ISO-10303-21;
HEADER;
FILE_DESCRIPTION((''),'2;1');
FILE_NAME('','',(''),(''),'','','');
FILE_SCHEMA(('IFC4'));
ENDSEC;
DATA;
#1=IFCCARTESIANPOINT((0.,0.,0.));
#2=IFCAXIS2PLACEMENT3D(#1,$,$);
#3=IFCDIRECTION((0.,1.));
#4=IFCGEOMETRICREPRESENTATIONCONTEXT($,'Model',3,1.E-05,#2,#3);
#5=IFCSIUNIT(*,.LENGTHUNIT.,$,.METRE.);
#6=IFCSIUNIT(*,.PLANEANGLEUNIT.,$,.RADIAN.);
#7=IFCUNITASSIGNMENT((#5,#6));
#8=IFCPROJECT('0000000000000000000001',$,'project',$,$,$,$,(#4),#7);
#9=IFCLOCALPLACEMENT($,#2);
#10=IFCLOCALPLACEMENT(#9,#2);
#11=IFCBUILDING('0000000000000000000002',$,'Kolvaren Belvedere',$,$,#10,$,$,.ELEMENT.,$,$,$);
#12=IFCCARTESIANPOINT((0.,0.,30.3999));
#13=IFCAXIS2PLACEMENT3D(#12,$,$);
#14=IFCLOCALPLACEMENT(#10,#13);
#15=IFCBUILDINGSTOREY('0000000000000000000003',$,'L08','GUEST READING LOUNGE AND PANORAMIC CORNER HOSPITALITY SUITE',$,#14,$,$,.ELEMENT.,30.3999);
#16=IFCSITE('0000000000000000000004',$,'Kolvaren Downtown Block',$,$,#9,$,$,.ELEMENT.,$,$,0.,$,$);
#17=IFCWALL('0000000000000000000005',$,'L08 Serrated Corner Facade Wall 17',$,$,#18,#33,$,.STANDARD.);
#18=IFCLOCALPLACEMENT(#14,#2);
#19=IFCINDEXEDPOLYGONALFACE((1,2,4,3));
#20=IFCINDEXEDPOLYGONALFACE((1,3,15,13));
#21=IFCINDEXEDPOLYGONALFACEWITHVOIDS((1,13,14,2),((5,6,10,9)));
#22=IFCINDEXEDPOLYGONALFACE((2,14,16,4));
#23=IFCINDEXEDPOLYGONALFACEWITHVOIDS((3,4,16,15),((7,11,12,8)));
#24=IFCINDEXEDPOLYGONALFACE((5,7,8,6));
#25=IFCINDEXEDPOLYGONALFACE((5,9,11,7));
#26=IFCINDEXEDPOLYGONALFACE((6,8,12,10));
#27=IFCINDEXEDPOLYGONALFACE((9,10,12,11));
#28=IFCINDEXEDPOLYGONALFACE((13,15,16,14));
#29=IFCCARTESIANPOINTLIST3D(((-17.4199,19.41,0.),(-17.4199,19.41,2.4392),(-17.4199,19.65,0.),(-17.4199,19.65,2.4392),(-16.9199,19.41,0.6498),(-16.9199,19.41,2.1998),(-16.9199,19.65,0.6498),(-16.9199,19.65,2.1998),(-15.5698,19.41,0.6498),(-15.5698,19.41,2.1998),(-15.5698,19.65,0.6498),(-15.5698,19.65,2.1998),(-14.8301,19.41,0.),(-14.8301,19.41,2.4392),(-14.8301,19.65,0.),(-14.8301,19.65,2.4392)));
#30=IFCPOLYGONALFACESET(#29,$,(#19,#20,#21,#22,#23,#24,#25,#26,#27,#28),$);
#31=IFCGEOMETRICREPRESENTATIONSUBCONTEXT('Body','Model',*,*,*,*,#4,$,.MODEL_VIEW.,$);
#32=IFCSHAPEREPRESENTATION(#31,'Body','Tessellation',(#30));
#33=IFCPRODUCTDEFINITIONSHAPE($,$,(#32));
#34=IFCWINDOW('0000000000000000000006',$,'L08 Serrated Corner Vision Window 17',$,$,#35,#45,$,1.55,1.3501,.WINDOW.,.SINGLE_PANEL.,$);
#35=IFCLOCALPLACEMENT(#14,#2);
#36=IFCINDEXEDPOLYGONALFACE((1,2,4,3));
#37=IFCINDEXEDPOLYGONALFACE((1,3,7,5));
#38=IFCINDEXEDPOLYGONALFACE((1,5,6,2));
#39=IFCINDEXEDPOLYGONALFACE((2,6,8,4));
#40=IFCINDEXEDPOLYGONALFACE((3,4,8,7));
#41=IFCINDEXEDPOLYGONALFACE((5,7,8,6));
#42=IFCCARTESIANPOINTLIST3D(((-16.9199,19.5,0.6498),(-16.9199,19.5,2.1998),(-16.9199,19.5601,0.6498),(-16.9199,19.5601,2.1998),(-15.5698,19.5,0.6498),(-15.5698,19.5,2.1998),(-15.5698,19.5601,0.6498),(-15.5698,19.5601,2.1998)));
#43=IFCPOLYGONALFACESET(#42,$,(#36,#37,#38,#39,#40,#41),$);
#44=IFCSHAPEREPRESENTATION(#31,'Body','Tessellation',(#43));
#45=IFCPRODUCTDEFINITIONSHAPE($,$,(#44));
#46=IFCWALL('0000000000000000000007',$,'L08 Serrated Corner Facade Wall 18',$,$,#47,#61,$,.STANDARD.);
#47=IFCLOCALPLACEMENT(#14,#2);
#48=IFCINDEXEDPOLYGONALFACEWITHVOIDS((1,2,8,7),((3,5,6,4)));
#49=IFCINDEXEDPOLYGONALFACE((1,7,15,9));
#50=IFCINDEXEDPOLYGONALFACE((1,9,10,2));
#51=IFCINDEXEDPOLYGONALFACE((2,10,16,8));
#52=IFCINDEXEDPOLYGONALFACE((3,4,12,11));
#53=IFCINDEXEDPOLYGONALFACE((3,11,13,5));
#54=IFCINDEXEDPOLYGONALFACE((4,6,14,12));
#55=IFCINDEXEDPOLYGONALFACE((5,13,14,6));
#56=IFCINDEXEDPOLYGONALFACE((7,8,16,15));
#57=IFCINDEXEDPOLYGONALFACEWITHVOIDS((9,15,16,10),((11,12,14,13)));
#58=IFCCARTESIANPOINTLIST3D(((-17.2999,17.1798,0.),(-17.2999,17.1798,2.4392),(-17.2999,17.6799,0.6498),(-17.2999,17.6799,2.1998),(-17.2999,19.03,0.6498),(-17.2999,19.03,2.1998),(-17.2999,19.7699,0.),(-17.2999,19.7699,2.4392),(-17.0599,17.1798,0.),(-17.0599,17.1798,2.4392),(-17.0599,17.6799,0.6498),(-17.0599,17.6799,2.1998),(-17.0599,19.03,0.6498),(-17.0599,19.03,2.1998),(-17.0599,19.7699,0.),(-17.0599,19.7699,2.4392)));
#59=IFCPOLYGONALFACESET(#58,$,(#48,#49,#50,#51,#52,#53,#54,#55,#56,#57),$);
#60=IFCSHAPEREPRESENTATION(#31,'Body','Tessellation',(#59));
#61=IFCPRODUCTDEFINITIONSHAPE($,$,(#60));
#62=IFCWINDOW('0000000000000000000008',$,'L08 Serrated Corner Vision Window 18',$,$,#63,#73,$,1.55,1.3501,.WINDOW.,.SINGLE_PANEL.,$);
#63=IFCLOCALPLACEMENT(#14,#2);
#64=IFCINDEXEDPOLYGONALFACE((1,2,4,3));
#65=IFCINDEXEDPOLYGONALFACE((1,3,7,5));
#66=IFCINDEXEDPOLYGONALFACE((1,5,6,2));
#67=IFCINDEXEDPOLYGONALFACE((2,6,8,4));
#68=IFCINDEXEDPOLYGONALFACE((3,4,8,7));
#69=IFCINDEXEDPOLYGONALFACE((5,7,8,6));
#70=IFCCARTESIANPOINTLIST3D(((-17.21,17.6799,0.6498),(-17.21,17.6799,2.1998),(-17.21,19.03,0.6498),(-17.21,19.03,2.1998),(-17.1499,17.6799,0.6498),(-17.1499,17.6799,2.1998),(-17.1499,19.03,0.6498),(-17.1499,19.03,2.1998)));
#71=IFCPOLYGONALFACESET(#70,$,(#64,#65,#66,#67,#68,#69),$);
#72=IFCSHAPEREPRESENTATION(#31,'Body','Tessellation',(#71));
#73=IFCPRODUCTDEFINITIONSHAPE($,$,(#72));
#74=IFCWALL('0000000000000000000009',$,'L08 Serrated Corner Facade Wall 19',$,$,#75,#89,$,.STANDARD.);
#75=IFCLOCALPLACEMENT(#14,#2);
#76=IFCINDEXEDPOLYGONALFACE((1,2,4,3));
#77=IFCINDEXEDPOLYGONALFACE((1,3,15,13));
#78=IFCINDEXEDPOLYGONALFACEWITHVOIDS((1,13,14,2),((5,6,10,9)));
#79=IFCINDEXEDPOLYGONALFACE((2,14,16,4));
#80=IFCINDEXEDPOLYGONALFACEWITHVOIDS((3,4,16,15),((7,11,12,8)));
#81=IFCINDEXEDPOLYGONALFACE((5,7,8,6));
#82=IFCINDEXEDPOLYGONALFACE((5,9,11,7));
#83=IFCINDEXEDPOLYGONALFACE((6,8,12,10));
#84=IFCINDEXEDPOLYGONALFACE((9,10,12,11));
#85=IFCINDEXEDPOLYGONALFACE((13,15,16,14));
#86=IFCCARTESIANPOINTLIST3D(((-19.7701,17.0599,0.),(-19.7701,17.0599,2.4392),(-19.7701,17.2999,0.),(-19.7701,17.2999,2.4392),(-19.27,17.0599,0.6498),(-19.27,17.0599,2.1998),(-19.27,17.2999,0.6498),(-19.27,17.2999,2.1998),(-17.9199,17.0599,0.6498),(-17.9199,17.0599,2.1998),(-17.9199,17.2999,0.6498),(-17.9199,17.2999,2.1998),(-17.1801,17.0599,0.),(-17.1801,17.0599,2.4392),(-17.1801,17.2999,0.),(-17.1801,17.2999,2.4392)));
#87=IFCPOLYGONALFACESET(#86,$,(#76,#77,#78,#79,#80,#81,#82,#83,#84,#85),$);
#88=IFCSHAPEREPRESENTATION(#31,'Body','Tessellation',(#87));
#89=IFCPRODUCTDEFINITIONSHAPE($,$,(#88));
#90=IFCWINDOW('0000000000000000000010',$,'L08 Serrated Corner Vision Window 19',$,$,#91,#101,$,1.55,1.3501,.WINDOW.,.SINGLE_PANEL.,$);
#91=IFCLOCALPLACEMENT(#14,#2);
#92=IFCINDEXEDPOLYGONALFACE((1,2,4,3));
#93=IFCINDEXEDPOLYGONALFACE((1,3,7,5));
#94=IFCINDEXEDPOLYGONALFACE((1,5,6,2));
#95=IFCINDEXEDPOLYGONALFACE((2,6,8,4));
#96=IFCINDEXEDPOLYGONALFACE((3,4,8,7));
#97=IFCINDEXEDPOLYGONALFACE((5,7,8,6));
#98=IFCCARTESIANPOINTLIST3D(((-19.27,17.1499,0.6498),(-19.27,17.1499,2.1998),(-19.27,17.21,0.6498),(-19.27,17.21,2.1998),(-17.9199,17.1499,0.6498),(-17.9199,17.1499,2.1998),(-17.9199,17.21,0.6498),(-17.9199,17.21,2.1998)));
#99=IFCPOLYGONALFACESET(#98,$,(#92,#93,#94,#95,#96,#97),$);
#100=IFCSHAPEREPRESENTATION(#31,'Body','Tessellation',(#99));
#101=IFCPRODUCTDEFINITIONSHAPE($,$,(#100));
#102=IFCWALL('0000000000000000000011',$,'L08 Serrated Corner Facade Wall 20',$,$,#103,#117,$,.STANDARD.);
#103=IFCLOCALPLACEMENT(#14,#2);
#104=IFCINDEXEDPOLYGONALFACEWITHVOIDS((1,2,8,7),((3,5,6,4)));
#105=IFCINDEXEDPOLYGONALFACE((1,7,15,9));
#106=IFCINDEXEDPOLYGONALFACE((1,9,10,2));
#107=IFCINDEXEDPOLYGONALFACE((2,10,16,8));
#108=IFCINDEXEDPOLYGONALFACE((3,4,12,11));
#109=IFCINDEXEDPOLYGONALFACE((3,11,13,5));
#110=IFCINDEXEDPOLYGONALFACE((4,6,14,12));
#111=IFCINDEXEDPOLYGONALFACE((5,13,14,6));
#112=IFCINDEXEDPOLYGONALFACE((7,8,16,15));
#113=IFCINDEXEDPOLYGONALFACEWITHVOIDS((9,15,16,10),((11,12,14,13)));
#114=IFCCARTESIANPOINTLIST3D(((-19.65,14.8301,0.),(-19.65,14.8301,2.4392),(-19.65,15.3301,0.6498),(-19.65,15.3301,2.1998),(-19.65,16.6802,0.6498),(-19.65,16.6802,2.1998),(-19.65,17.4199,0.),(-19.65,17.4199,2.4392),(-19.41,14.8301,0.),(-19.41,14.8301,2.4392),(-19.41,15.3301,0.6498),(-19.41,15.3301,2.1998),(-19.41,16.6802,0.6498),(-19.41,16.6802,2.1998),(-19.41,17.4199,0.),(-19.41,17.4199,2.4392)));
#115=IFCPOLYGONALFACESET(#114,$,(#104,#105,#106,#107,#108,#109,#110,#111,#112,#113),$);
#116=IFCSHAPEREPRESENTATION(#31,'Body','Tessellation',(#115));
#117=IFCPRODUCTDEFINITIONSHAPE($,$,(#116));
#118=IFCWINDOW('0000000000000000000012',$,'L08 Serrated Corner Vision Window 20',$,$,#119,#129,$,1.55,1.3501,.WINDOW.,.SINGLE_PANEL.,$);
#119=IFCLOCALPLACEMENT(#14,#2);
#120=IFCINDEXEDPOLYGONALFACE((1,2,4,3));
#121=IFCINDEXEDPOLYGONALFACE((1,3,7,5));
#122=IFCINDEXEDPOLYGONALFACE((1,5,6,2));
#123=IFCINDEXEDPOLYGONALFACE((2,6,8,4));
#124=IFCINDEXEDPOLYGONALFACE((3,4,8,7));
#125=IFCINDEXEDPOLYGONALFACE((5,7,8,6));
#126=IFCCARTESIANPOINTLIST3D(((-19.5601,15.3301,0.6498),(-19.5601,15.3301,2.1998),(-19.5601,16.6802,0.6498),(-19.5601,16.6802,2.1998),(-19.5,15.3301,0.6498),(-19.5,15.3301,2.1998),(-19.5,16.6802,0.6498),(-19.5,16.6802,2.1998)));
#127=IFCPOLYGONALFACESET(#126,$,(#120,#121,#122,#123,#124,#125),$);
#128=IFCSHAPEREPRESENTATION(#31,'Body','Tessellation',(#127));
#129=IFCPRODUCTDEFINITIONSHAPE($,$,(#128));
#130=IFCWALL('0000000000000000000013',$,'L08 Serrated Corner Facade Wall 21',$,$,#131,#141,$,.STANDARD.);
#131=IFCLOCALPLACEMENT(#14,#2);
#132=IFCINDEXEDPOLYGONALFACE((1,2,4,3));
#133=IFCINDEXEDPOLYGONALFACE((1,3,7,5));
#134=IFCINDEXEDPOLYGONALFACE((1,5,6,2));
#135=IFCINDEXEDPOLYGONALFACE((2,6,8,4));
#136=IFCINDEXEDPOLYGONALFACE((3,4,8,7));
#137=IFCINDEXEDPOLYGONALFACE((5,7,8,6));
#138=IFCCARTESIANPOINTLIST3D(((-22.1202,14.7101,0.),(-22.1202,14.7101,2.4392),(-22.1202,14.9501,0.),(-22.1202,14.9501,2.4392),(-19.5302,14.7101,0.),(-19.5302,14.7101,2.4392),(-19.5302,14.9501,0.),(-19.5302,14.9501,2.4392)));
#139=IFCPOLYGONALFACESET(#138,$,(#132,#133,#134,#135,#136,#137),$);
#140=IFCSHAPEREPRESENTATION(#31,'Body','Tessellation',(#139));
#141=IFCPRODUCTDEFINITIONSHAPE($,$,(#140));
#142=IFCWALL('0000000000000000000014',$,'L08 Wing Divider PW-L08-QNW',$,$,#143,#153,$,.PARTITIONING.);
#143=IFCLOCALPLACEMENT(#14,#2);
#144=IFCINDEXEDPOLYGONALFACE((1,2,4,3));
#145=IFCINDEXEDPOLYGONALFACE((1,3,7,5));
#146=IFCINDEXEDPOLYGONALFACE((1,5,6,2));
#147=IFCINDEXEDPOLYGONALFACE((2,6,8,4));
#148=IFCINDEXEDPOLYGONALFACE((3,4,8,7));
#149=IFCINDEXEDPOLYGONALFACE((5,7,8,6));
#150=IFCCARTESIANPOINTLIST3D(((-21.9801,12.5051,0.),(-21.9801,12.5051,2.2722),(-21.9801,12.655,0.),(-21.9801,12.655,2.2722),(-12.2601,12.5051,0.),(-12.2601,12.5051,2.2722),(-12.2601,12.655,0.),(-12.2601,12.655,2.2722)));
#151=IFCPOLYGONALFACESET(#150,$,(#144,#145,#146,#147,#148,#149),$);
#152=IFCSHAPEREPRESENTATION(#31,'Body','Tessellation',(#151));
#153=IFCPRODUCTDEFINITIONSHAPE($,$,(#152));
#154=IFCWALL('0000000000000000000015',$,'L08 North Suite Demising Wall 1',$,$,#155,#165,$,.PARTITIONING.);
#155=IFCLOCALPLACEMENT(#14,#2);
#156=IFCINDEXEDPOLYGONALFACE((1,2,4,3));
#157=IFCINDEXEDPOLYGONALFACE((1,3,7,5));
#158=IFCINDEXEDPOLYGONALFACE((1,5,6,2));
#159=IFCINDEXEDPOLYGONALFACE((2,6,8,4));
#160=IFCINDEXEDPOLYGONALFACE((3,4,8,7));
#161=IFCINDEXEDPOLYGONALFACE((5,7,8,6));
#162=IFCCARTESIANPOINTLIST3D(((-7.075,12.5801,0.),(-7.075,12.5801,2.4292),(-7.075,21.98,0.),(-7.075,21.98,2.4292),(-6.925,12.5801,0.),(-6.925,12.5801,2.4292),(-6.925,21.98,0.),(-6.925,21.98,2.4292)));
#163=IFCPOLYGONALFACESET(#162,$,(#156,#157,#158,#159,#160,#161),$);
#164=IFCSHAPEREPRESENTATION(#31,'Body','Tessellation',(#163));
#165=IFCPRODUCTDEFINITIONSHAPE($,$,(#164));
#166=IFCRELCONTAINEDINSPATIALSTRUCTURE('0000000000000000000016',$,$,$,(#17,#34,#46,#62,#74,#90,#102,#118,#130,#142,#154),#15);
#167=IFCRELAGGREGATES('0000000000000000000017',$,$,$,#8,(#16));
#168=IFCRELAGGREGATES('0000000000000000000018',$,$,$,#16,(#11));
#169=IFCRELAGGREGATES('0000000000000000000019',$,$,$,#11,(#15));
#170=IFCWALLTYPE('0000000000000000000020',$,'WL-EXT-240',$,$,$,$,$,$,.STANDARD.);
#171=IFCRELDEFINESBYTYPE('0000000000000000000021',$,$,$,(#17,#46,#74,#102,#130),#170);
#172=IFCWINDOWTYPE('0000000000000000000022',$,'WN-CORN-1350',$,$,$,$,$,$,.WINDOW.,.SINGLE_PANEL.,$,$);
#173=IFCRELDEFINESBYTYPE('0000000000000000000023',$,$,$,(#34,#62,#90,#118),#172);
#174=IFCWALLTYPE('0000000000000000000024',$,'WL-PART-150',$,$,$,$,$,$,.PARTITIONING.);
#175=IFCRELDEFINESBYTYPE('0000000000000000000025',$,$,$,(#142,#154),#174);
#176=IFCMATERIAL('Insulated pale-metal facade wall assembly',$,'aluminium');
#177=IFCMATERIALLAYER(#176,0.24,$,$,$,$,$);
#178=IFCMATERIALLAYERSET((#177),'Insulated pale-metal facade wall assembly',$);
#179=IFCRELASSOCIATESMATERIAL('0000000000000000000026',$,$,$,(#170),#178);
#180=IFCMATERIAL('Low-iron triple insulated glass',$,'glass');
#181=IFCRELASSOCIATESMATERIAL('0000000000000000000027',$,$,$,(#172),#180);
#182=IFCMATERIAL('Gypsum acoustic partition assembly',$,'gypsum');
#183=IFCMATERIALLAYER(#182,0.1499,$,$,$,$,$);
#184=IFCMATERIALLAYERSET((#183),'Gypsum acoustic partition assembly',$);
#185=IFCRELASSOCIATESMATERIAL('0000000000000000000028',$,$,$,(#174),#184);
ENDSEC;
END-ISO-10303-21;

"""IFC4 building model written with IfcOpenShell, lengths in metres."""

from ifc_helpers import new_model, si_unit, direction, frame, frame_2d, origin, place, context, subcontext, project, spatial, rectangle, extrude, material, layer, layer_set, type_object, element, fill, save


model = new_model("IFC4")

# Units and contexts
model_context = context("Model", 3, precision=1e-05, world=origin(), true_north=direction((0.0, 1.0)))
body_context = subcontext(model_context, "Body", "Model", "MODEL_VIEW")
ifc_project = project(units=[si_unit("LENGTHUNIT", "METRE"), si_unit("PLANEANGLEUNIT", "RADIAN")], contexts=[model_context])

# Site, building, storey
site_placement = place(None, origin())
site = spatial("IfcSite", under=ifc_project, at=site_placement, Name="Kolvaren Downtown Block", CompositionType="ELEMENT", RefElevation=0.0)
building_placement = place(site_placement, origin())
building = spatial("IfcBuilding", under=site, at=building_placement, Name="Kolvaren Belvedere", CompositionType="ELEMENT")
storey_placement = place(building_placement, frame((0.0, 0.0, 30.3999)))
storey = spatial("IfcBuildingStorey", under=building, at=storey_placement, Name="L08", Description="GUEST READING LOUNGE AND PANORAMIC CORNER HOSPITALITY SUITE", CompositionType="ELEMENT", Elevation=30.3999)

# Shared definitions
ifc_material_1 = material(Name="Insulated pale-metal facade wall assembly", Category="aluminium")
ifc_layer_1 = layer(ifc_material_1, 0.24)
ifc_layer_set_1 = layer_set([ifc_layer_1], Name="Insulated pale-metal facade wall assembly")
wall_type_1 = type_object("IfcWallType", Name="WL-EXT-240", PredefinedType="STANDARD", material=ifc_layer_set_1)

# Walls, openings, windows
wall_1_placement = place(storey_placement, frame((-17.4199, 19.53, 0.0), z_axis=(0.0, 0.0, 1.0), x_axis=(1.0, 0.0, 0.0)))
wall_1 = element("IfcWall", 1, at=wall_1_placement, inside=storey, type_object=wall_type_1, Name="L08 Serrated Corner Facade Wall 17", PredefinedType="STANDARD", context=body_context, shape_type="SweptSolid", body=[
    extrude(rectangle(XDim=2.5898, YDim=0.24, at=frame_2d((1.2949, 0.0))), origin(), (0.0, 0.0, 1.0), 2.4392),
])
opening_1_placement = place(wall_1_placement, frame((0.5, 0.0, 0.6499)))
opening_1 = element("IfcOpeningElement", 2, at=opening_1_placement, cuts=wall_1, PredefinedType="OPENING", context=body_context, shape_type="SweptSolid", body=[
    extrude(rectangle(XDim=1.3501, YDim=1.55, at=frame_2d((0.675, 0.7749))), frame((0.0, 0.1299, 0.0), z_axis=(0.0, -1.0, 0.0), x_axis=(1.0, 0.0, 0.0)), (0.0, 0.0, 1.0), 0.26),
])
ifc_material_2 = material(Name="Low-iron triple insulated glass", Category="glass")
window_type = type_object("IfcWindowType", Name="WN-CORN-1350", PartitioningType="SINGLE_PANEL", PredefinedType="WINDOW", material=ifc_material_2)
window_1_placement = place(opening_1_placement, origin())
window_1 = element("IfcWindow", 3, at=window_1_placement, inside=storey, type_object=window_type, Name="L08 Serrated Corner Vision Window 17", OverallHeight=1.55, OverallWidth=1.3501, PartitioningType="SINGLE_PANEL", PredefinedType="WINDOW", context=body_context, shape_type="SweptSolid", body=[
    extrude(rectangle(XDim=1.3501, YDim=1.55, at=frame_2d((0.675, 0.7749))), frame((0.0, 0.03, 0.0), z_axis=(0.0, -1.0, 0.0), x_axis=(1.0, 0.0, 0.0)), (0.0, 0.0, 1.0), 0.0601),
])
fill(opening_1, window_1)
wall_2_placement = place(storey_placement, frame((-17.1799, 17.1799, 0.0), z_axis=(0.0, 0.0, 1.0), x_axis=(0.0, 1.0, 0.0)))
wall_2 = element("IfcWall", 4, at=wall_2_placement, inside=storey, type_object=wall_type_1, Name="L08 Serrated Corner Facade Wall 18", PredefinedType="STANDARD", context=body_context, shape_type="SweptSolid", body=[
    extrude(rectangle(XDim=2.5901, YDim=0.24, at=frame_2d((1.2949, 0.0))), origin(), (0.0, 0.0, 1.0), 2.4392),
])
opening_2_placement = place(wall_2_placement, frame((0.5, 0.0, 0.6499)))
opening_2 = element("IfcOpeningElement", 5, at=opening_2_placement, cuts=wall_2, PredefinedType="OPENING", context=body_context, shape_type="SweptSolid", body=[
    extrude(rectangle(XDim=1.3501, YDim=1.55, at=frame_2d((0.675, 0.7749))), frame((0.0, 0.1299, 0.0), z_axis=(0.0, -1.0, 0.0), x_axis=(1.0, 0.0, 0.0)), (0.0, 0.0, 1.0), 0.26),
])
window_2_placement = place(opening_2_placement, origin())
window_2 = element("IfcWindow", 6, at=window_2_placement, inside=storey, type_object=window_type, Name="L08 Serrated Corner Vision Window 18", OverallHeight=1.55, OverallWidth=1.3501, PartitioningType="SINGLE_PANEL", PredefinedType="WINDOW", context=body_context, shape_type="SweptSolid", body=[
    extrude(rectangle(XDim=1.3501, YDim=1.55, at=frame_2d((0.675, 0.7749))), frame((0.0, 0.03, 0.0), z_axis=(0.0, -1.0, 0.0), x_axis=(1.0, 0.0, 0.0)), (0.0, 0.0, 1.0), 0.0601),
])
fill(opening_2, window_2)
wall_3_placement = place(storey_placement, frame((-19.77, 17.1799, 0.0), z_axis=(0.0, 0.0, 1.0), x_axis=(1.0, 0.0, 0.0)))
wall_3 = element("IfcWall", 7, at=wall_3_placement, inside=storey, type_object=wall_type_1, Name="L08 Serrated Corner Facade Wall 19", PredefinedType="STANDARD", context=body_context, shape_type="SweptSolid", body=[
    extrude(rectangle(XDim=2.5901, YDim=0.24, at=frame_2d((1.2949, 0.0))), origin(), (0.0, 0.0, 1.0), 2.4392),
])
opening_3_placement = place(wall_3_placement, frame((0.5, 0.0, 0.6499)))
opening_3 = element("IfcOpeningElement", 8, at=opening_3_placement, cuts=wall_3, PredefinedType="OPENING", context=body_context, shape_type="SweptSolid", body=[
    extrude(rectangle(XDim=1.3501, YDim=1.55, at=frame_2d((0.675, 0.7749))), frame((0.0, 0.1299, 0.0), z_axis=(0.0, -1.0, 0.0), x_axis=(1.0, 0.0, 0.0)), (0.0, 0.0, 1.0), 0.26),
])
window_3_placement = place(opening_3_placement, origin())
window_3 = element("IfcWindow", 9, at=window_3_placement, inside=storey, type_object=window_type, Name="L08 Serrated Corner Vision Window 19", OverallHeight=1.55, OverallWidth=1.3501, PartitioningType="SINGLE_PANEL", PredefinedType="WINDOW", context=body_context, shape_type="SweptSolid", body=[
    extrude(rectangle(XDim=1.3501, YDim=1.55, at=frame_2d((0.675, 0.7749))), frame((0.0, 0.03, 0.0), z_axis=(0.0, -1.0, 0.0), x_axis=(1.0, 0.0, 0.0)), (0.0, 0.0, 1.0), 0.0601),
])
fill(opening_3, window_3)
wall_4_placement = place(storey_placement, frame((-19.53, 14.8301, 0.0), z_axis=(0.0, 0.0, 1.0), x_axis=(0.0, 1.0, 0.0)))
wall_4 = element("IfcWall", 10, at=wall_4_placement, inside=storey, type_object=wall_type_1, Name="L08 Serrated Corner Facade Wall 20", PredefinedType="STANDARD", context=body_context, shape_type="SweptSolid", body=[
    extrude(rectangle(XDim=2.5898, YDim=0.24, at=frame_2d((1.2949, 0.0))), origin(), (0.0, 0.0, 1.0), 2.4392),
])
opening_4_placement = place(wall_4_placement, frame((0.5, 0.0, 0.6499)))
opening_4 = element("IfcOpeningElement", 11, at=opening_4_placement, cuts=wall_4, PredefinedType="OPENING", context=body_context, shape_type="SweptSolid", body=[
    extrude(rectangle(XDim=1.3501, YDim=1.55, at=frame_2d((0.675, 0.7749))), frame((0.0, 0.1299, 0.0), z_axis=(0.0, -1.0, 0.0), x_axis=(1.0, 0.0, 0.0)), (0.0, 0.0, 1.0), 0.26),
])
window_4_placement = place(opening_4_placement, origin())
window_4 = element("IfcWindow", 12, at=window_4_placement, inside=storey, type_object=window_type, Name="L08 Serrated Corner Vision Window 20", OverallHeight=1.55, OverallWidth=1.3501, PartitioningType="SINGLE_PANEL", PredefinedType="WINDOW", context=body_context, shape_type="SweptSolid", body=[
    extrude(rectangle(XDim=1.3501, YDim=1.55, at=frame_2d((0.675, 0.7749))), frame((0.0, 0.03, 0.0), z_axis=(0.0, -1.0, 0.0), x_axis=(1.0, 0.0, 0.0)), (0.0, 0.0, 1.0), 0.0601),
])
fill(opening_4, window_4)

# Walls
wall_5_placement = place(storey_placement, frame((-22.1201, 14.8301, 0.0), z_axis=(0.0, 0.0, 1.0), x_axis=(1.0, 0.0, 0.0)))
element("IfcWall", 13, at=wall_5_placement, inside=storey, type_object=wall_type_1, Name="L08 Serrated Corner Facade Wall 21", PredefinedType="STANDARD", context=body_context, shape_type="SweptSolid", body=[
    extrude(rectangle(XDim=2.5901, YDim=0.24, at=frame_2d((1.2949, 0.0))), origin(), (0.0, 0.0, 1.0), 2.4392),
])
ifc_material_3 = material(Name="Gypsum acoustic partition assembly", Category="gypsum")
ifc_layer_2 = layer(ifc_material_3, 0.1499)
ifc_layer_set_2 = layer_set([ifc_layer_2], Name="Gypsum acoustic partition assembly")
wall_type_2 = type_object("IfcWallType", Name="WL-PART-150", PredefinedType="PARTITIONING", material=ifc_layer_set_2)
wall_6_placement = place(storey_placement, frame((-21.98, 12.5801, 0.0), z_axis=(0.0, 0.0, 1.0), x_axis=(1.0, 0.0, 0.0)))
element("IfcWall", 14, at=wall_6_placement, inside=storey, type_object=wall_type_2, Name="L08 Wing Divider PW-L08-QNW", PredefinedType="PARTITIONING", context=body_context, shape_type="SweptSolid", body=[
    extrude(rectangle(XDim=9.72, YDim=0.1499, at=frame_2d((4.8599, 0.0))), origin(), (0.0, 0.0, 1.0), 2.2722),
])
wall_7_placement = place(storey_placement, frame((-7.0, 12.5801, 0.0), z_axis=(0.0, 0.0, 1.0), x_axis=(0.0, 1.0, 0.0)))
element("IfcWall", 15, at=wall_7_placement, inside=storey, type_object=wall_type_2, Name="L08 North Suite Demising Wall 1", PredefinedType="PARTITIONING", context=body_context, shape_type="SweptSolid", body=[
    extrude(rectangle(XDim=9.3999, YDim=0.1499, at=frame_2d((4.7, 0.0))), origin(), (0.0, 0.0, 1.0), 2.4292),
])

save(model, "model.ifc")
